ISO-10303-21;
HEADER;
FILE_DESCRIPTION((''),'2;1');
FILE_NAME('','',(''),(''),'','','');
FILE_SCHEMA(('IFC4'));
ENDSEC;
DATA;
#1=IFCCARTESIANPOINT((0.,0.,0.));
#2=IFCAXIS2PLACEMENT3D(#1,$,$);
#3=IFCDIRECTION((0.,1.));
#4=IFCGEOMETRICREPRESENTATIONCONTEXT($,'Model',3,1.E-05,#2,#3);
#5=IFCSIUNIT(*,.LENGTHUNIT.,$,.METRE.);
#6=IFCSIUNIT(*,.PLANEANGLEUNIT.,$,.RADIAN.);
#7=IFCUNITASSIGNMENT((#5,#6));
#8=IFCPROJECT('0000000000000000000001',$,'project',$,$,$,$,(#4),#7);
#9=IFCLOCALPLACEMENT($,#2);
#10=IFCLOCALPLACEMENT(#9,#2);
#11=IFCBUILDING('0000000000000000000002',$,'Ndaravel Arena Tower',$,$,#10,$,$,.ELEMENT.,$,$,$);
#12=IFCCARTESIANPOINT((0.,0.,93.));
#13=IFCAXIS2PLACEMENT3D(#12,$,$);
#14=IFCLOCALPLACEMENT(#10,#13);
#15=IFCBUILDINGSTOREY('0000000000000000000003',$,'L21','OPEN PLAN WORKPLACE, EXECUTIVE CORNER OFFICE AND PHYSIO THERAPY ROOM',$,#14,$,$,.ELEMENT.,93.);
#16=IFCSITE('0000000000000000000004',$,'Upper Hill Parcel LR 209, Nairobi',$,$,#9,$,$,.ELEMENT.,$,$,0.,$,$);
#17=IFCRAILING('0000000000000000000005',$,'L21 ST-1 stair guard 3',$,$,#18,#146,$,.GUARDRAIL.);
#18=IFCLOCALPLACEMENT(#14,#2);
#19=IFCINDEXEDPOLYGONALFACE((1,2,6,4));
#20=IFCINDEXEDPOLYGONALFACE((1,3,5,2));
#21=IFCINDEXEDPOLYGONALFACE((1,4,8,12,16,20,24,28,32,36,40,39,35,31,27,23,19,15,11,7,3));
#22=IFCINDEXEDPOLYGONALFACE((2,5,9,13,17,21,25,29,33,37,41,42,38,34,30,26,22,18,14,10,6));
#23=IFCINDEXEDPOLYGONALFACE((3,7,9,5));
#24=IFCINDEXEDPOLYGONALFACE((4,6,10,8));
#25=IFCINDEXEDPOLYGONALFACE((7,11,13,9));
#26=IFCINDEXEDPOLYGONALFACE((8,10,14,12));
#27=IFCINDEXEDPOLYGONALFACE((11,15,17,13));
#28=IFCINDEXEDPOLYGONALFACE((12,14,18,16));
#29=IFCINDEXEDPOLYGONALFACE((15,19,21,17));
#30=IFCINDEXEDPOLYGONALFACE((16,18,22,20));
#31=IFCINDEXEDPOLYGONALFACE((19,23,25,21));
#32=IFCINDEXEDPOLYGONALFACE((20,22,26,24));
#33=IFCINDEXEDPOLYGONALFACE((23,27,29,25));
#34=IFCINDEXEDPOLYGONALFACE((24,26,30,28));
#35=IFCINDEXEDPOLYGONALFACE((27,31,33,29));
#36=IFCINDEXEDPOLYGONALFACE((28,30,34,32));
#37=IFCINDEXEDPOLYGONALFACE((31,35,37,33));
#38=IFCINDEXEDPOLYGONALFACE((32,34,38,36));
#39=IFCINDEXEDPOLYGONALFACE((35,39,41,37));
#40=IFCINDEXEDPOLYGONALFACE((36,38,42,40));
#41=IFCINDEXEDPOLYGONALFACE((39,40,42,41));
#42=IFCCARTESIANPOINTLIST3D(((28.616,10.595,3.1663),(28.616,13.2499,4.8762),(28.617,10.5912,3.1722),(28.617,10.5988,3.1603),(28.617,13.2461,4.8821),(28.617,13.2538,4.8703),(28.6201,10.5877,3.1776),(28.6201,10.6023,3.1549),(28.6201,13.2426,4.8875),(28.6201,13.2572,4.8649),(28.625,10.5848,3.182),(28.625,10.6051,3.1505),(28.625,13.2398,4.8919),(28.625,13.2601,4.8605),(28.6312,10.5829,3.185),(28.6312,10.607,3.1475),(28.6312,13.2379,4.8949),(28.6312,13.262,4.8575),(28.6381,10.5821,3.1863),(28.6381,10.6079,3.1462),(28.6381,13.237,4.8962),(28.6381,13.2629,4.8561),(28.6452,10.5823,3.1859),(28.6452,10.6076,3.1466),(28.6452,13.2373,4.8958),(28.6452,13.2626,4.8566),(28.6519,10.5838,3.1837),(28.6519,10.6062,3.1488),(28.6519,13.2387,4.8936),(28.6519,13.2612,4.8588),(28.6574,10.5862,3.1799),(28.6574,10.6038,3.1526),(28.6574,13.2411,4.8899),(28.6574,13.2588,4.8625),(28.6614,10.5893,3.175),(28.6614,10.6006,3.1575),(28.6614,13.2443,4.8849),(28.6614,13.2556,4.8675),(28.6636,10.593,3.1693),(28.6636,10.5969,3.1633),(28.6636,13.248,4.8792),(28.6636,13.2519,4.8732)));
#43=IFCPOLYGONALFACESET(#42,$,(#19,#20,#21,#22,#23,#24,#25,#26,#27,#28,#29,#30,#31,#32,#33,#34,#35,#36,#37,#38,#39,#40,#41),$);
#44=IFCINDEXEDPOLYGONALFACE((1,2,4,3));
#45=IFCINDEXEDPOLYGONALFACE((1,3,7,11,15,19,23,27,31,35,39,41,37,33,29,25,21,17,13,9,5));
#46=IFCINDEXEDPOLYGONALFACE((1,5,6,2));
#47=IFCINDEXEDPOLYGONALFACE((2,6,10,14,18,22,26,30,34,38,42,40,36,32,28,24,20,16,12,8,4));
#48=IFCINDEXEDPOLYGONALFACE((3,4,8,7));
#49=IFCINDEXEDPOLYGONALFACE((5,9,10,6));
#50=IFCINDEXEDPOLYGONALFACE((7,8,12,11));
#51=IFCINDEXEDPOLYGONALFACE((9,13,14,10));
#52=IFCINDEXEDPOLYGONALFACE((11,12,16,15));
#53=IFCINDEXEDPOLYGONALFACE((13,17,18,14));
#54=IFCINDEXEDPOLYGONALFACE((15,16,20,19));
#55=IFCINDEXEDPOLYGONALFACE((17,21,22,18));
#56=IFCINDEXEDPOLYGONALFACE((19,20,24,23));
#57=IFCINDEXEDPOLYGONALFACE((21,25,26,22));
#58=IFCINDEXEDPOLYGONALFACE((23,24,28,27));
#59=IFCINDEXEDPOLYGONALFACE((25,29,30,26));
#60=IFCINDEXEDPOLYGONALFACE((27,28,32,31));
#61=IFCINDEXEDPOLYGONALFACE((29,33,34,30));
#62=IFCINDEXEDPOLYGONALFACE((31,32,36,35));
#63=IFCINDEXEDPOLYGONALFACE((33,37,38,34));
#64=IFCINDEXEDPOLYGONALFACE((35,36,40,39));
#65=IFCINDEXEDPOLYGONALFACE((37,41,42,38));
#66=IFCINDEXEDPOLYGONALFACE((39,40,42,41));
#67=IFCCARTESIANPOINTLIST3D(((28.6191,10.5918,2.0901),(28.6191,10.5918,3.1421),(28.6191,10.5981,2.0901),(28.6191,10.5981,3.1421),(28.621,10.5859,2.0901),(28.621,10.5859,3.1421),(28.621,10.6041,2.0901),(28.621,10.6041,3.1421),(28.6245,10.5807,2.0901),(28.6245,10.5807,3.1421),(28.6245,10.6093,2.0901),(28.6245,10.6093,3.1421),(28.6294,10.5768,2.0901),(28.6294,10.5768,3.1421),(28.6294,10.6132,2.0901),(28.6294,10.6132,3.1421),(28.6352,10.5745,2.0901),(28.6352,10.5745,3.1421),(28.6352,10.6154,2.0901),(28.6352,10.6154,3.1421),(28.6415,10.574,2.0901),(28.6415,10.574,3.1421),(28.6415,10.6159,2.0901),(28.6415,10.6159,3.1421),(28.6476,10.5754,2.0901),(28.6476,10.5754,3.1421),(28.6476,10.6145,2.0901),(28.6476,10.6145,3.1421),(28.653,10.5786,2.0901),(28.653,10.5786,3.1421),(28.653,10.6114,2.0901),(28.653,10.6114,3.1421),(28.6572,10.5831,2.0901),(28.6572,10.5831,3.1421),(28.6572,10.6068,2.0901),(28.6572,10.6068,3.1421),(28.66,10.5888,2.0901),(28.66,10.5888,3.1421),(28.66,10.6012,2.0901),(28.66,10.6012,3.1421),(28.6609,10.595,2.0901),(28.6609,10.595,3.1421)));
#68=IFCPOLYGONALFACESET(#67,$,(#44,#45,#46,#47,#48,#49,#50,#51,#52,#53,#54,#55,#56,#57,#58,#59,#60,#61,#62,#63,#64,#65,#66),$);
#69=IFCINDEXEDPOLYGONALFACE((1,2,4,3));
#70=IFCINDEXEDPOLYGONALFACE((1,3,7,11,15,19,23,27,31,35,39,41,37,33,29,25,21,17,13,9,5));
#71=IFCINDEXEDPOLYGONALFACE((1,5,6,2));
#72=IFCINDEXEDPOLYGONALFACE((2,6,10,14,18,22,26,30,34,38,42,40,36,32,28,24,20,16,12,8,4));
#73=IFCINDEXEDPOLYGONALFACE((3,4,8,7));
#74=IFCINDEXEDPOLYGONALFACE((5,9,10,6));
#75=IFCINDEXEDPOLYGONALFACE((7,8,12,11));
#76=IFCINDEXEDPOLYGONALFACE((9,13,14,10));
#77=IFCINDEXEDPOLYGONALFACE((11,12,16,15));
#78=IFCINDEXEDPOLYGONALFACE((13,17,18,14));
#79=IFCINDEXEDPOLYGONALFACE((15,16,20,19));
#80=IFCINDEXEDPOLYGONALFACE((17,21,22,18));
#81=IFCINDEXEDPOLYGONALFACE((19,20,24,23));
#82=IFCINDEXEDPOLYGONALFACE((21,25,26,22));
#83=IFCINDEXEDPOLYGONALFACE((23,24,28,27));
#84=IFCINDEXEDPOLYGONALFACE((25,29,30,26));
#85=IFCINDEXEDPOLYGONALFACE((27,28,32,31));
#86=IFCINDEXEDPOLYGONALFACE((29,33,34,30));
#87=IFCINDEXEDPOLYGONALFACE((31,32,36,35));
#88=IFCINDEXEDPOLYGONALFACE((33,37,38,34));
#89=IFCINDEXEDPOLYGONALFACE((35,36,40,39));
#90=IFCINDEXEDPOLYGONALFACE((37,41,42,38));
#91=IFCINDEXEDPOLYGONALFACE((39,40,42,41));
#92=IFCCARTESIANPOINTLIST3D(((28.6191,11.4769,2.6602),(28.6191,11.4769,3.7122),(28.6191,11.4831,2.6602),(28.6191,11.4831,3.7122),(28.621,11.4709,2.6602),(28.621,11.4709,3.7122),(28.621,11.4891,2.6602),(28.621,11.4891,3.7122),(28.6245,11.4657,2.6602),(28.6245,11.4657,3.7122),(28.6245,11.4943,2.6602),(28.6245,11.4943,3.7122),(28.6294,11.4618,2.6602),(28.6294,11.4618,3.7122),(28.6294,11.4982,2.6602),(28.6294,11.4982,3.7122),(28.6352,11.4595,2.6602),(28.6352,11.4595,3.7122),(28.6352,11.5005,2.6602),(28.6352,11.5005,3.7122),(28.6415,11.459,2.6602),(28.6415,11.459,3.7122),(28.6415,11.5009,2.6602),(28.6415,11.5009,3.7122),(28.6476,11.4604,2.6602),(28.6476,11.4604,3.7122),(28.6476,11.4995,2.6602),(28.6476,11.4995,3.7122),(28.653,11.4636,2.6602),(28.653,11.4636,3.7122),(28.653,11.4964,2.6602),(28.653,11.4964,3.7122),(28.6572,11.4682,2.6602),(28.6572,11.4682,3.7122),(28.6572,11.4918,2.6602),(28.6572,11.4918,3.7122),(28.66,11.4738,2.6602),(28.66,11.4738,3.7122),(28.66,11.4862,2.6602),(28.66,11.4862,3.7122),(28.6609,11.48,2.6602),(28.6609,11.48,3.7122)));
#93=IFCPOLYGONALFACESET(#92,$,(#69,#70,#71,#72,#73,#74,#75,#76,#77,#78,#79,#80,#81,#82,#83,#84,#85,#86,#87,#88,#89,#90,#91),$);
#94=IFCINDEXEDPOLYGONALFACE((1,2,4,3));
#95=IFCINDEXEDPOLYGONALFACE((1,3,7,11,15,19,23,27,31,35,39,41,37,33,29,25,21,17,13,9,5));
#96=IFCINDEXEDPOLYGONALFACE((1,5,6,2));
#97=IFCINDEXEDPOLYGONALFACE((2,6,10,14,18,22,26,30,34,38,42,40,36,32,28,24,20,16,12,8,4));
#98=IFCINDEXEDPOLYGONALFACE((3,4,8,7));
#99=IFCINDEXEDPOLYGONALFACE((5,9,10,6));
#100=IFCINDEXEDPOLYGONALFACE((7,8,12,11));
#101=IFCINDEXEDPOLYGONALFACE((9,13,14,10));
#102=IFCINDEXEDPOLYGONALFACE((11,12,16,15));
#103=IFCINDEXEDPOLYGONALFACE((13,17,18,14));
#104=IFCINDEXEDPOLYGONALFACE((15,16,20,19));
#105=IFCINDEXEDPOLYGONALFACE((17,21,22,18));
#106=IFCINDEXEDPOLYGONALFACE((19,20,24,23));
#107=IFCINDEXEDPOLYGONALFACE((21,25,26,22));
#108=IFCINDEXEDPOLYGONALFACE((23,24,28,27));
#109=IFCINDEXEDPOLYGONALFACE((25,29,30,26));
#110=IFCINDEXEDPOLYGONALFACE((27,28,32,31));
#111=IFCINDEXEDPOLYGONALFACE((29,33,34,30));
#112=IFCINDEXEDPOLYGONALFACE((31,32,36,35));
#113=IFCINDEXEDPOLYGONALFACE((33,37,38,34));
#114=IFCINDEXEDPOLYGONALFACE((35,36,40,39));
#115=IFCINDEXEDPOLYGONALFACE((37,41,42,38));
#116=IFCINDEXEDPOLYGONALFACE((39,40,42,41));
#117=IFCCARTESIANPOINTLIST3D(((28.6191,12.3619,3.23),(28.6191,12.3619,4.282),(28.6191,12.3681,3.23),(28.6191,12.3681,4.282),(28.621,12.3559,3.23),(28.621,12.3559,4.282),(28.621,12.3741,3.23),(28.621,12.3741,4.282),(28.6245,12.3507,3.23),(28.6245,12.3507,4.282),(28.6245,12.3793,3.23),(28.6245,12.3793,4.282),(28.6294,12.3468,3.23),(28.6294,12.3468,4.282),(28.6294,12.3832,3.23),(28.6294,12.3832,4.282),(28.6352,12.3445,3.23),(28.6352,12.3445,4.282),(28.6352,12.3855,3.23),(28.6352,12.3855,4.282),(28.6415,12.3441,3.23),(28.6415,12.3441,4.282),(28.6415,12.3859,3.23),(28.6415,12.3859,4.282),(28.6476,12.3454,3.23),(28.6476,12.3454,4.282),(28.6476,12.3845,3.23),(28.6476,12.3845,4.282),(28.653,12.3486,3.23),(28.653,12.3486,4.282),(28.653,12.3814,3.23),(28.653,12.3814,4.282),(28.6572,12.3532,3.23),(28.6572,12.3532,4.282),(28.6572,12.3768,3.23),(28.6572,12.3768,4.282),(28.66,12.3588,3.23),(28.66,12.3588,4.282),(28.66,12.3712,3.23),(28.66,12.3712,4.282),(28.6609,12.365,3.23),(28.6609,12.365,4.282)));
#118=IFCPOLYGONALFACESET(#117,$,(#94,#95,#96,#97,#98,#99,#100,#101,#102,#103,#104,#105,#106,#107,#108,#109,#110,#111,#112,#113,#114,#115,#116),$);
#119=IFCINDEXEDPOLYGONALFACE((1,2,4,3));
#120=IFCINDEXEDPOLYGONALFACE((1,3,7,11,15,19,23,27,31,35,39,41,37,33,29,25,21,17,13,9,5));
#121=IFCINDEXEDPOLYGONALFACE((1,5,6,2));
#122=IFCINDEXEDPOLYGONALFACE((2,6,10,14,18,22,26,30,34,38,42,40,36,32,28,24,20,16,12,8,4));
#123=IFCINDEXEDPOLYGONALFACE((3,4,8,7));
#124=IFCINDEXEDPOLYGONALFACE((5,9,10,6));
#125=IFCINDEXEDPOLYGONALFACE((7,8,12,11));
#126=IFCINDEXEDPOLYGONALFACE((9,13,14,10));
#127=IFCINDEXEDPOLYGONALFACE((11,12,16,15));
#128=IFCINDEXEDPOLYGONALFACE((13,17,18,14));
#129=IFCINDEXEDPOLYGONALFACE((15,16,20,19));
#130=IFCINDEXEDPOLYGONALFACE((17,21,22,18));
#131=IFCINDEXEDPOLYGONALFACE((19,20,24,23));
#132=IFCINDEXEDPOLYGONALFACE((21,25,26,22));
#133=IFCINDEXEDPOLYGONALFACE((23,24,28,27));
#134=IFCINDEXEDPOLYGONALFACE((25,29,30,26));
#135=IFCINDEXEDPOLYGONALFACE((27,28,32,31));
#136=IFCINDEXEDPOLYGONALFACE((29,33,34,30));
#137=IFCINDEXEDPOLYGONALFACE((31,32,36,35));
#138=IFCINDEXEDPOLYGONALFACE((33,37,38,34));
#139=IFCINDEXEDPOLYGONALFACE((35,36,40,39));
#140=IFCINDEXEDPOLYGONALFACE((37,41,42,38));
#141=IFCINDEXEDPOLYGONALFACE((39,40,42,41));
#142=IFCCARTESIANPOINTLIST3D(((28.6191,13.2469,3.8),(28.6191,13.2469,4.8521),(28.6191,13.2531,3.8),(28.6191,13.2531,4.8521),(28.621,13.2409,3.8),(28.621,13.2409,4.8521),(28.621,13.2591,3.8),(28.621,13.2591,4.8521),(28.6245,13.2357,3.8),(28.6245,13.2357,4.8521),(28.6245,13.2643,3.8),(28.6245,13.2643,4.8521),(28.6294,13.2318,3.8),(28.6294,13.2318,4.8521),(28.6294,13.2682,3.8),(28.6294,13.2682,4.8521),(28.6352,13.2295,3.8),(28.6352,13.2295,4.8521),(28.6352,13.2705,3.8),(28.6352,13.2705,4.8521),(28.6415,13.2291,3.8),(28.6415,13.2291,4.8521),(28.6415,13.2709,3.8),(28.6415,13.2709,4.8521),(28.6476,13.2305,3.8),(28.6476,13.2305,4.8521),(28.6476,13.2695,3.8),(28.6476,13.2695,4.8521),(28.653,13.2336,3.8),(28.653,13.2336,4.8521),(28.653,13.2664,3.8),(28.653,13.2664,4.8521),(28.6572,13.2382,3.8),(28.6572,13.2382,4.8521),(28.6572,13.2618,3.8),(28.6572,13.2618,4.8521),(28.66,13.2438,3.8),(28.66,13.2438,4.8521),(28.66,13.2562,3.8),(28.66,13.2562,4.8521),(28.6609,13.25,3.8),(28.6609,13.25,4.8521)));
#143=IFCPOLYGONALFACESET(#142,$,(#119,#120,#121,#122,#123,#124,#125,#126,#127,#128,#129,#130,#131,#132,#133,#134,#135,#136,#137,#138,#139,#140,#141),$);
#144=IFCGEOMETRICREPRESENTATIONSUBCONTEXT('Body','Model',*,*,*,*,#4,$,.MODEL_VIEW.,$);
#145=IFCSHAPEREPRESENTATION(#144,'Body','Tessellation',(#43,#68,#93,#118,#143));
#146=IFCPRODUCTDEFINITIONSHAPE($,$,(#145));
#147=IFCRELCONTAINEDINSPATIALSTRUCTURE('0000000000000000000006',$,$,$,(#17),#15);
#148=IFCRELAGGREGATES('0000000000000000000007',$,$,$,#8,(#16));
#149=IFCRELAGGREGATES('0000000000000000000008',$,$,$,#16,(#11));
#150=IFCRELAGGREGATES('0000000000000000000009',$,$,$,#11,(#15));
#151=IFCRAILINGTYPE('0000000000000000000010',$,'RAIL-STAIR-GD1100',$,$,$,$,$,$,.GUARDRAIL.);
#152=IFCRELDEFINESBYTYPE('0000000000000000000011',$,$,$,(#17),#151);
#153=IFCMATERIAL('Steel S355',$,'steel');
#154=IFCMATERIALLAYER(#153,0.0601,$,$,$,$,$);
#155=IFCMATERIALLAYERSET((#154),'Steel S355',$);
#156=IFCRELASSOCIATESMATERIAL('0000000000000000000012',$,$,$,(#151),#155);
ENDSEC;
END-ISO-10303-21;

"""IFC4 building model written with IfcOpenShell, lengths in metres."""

from ifc_helpers import new_model, si_unit, direction, frame, origin, origin_2d, place, context, subcontext, project, spatial, circle, extrude, material, layer, layer_set, type_object, element, save


model = new_model("IFC4")

# Units and contexts
model_context = context("Model", 3, precision=1e-05, world=origin(), true_north=direction((0.0, 1.0)))
body_context = subcontext(model_context, "Body", "Model", "MODEL_VIEW")
ifc_project = project(units=[si_unit("LENGTHUNIT", "METRE"), si_unit("PLANEANGLEUNIT", "RADIAN")], contexts=[model_context])

# Site, building, storey
site_placement = place(None, origin())
site = spatial("IfcSite", under=ifc_project, at=site_placement, Name="Upper Hill Parcel LR 209, Nairobi", CompositionType="ELEMENT", RefElevation=0.0)
building_placement = place(site_placement, origin())
building = spatial("IfcBuilding", under=site, at=building_placement, Name="Ndaravel Arena Tower", CompositionType="ELEMENT")
storey_placement = place(building_placement, frame((0.0, 0.0, 93.0)))
storey = spatial("IfcBuildingStorey", under=building, at=storey_placement, Name="L21", Description="OPEN PLAN WORKPLACE, EXECUTIVE CORNER OFFICE AND PHYSIO THERAPY ROOM", CompositionType="ELEMENT", Elevation=93.0)

# Railing
ifc_material_1 = material(Name="Steel S355", Category="steel")
ifc_layer_1 = layer(ifc_material_1, 0.0601)
ifc_layer_set_1 = layer_set([ifc_layer_1], Name="Steel S355")
railing_type_1 = type_object("IfcRailingType", Name="RAIL-STAIR-GD1100", PredefinedType="GUARDRAIL", material=ifc_layer_set_1)
railing_1_placement = place(storey_placement, frame((28.6399, 10.595, 2.0901)))
element("IfcRailing", 1, at=railing_1_placement, inside=storey, type_object=railing_type_1, Name="L21 ST-1 stair guard 3", PredefinedType="GUARDRAIL", context=body_context, shape_type="SweptSolid", body=[
    extrude(circle(Radius=0.0239, at=origin_2d()), frame((0.0, 0.0, 1.0762), z_axis=(0.0, 0.840724, 0.541465), x_axis=(-1.0, 0.0, 0.0)), (0.0, 0.0, 1.0), 3.158),
    extrude(circle(Radius=0.021, at=origin_2d()), origin(), (0.0, 0.0, 1.0), 1.052),
    extrude(circle(Radius=0.021, at=origin_2d()), frame((0.0, 0.885, 0.5701)), (0.0, 0.0, 1.0), 1.052),
    extrude(circle(Radius=0.021, at=origin_2d()), frame((0.0, 1.77, 1.1399)), (0.0, 0.0, 1.0), 1.052),
    extrude(circle(Radius=0.021, at=origin_2d()), frame((0.0, 2.655, 1.71)), (0.0, 0.0, 1.0), 1.052),
])

save(model, "model.ifc")
